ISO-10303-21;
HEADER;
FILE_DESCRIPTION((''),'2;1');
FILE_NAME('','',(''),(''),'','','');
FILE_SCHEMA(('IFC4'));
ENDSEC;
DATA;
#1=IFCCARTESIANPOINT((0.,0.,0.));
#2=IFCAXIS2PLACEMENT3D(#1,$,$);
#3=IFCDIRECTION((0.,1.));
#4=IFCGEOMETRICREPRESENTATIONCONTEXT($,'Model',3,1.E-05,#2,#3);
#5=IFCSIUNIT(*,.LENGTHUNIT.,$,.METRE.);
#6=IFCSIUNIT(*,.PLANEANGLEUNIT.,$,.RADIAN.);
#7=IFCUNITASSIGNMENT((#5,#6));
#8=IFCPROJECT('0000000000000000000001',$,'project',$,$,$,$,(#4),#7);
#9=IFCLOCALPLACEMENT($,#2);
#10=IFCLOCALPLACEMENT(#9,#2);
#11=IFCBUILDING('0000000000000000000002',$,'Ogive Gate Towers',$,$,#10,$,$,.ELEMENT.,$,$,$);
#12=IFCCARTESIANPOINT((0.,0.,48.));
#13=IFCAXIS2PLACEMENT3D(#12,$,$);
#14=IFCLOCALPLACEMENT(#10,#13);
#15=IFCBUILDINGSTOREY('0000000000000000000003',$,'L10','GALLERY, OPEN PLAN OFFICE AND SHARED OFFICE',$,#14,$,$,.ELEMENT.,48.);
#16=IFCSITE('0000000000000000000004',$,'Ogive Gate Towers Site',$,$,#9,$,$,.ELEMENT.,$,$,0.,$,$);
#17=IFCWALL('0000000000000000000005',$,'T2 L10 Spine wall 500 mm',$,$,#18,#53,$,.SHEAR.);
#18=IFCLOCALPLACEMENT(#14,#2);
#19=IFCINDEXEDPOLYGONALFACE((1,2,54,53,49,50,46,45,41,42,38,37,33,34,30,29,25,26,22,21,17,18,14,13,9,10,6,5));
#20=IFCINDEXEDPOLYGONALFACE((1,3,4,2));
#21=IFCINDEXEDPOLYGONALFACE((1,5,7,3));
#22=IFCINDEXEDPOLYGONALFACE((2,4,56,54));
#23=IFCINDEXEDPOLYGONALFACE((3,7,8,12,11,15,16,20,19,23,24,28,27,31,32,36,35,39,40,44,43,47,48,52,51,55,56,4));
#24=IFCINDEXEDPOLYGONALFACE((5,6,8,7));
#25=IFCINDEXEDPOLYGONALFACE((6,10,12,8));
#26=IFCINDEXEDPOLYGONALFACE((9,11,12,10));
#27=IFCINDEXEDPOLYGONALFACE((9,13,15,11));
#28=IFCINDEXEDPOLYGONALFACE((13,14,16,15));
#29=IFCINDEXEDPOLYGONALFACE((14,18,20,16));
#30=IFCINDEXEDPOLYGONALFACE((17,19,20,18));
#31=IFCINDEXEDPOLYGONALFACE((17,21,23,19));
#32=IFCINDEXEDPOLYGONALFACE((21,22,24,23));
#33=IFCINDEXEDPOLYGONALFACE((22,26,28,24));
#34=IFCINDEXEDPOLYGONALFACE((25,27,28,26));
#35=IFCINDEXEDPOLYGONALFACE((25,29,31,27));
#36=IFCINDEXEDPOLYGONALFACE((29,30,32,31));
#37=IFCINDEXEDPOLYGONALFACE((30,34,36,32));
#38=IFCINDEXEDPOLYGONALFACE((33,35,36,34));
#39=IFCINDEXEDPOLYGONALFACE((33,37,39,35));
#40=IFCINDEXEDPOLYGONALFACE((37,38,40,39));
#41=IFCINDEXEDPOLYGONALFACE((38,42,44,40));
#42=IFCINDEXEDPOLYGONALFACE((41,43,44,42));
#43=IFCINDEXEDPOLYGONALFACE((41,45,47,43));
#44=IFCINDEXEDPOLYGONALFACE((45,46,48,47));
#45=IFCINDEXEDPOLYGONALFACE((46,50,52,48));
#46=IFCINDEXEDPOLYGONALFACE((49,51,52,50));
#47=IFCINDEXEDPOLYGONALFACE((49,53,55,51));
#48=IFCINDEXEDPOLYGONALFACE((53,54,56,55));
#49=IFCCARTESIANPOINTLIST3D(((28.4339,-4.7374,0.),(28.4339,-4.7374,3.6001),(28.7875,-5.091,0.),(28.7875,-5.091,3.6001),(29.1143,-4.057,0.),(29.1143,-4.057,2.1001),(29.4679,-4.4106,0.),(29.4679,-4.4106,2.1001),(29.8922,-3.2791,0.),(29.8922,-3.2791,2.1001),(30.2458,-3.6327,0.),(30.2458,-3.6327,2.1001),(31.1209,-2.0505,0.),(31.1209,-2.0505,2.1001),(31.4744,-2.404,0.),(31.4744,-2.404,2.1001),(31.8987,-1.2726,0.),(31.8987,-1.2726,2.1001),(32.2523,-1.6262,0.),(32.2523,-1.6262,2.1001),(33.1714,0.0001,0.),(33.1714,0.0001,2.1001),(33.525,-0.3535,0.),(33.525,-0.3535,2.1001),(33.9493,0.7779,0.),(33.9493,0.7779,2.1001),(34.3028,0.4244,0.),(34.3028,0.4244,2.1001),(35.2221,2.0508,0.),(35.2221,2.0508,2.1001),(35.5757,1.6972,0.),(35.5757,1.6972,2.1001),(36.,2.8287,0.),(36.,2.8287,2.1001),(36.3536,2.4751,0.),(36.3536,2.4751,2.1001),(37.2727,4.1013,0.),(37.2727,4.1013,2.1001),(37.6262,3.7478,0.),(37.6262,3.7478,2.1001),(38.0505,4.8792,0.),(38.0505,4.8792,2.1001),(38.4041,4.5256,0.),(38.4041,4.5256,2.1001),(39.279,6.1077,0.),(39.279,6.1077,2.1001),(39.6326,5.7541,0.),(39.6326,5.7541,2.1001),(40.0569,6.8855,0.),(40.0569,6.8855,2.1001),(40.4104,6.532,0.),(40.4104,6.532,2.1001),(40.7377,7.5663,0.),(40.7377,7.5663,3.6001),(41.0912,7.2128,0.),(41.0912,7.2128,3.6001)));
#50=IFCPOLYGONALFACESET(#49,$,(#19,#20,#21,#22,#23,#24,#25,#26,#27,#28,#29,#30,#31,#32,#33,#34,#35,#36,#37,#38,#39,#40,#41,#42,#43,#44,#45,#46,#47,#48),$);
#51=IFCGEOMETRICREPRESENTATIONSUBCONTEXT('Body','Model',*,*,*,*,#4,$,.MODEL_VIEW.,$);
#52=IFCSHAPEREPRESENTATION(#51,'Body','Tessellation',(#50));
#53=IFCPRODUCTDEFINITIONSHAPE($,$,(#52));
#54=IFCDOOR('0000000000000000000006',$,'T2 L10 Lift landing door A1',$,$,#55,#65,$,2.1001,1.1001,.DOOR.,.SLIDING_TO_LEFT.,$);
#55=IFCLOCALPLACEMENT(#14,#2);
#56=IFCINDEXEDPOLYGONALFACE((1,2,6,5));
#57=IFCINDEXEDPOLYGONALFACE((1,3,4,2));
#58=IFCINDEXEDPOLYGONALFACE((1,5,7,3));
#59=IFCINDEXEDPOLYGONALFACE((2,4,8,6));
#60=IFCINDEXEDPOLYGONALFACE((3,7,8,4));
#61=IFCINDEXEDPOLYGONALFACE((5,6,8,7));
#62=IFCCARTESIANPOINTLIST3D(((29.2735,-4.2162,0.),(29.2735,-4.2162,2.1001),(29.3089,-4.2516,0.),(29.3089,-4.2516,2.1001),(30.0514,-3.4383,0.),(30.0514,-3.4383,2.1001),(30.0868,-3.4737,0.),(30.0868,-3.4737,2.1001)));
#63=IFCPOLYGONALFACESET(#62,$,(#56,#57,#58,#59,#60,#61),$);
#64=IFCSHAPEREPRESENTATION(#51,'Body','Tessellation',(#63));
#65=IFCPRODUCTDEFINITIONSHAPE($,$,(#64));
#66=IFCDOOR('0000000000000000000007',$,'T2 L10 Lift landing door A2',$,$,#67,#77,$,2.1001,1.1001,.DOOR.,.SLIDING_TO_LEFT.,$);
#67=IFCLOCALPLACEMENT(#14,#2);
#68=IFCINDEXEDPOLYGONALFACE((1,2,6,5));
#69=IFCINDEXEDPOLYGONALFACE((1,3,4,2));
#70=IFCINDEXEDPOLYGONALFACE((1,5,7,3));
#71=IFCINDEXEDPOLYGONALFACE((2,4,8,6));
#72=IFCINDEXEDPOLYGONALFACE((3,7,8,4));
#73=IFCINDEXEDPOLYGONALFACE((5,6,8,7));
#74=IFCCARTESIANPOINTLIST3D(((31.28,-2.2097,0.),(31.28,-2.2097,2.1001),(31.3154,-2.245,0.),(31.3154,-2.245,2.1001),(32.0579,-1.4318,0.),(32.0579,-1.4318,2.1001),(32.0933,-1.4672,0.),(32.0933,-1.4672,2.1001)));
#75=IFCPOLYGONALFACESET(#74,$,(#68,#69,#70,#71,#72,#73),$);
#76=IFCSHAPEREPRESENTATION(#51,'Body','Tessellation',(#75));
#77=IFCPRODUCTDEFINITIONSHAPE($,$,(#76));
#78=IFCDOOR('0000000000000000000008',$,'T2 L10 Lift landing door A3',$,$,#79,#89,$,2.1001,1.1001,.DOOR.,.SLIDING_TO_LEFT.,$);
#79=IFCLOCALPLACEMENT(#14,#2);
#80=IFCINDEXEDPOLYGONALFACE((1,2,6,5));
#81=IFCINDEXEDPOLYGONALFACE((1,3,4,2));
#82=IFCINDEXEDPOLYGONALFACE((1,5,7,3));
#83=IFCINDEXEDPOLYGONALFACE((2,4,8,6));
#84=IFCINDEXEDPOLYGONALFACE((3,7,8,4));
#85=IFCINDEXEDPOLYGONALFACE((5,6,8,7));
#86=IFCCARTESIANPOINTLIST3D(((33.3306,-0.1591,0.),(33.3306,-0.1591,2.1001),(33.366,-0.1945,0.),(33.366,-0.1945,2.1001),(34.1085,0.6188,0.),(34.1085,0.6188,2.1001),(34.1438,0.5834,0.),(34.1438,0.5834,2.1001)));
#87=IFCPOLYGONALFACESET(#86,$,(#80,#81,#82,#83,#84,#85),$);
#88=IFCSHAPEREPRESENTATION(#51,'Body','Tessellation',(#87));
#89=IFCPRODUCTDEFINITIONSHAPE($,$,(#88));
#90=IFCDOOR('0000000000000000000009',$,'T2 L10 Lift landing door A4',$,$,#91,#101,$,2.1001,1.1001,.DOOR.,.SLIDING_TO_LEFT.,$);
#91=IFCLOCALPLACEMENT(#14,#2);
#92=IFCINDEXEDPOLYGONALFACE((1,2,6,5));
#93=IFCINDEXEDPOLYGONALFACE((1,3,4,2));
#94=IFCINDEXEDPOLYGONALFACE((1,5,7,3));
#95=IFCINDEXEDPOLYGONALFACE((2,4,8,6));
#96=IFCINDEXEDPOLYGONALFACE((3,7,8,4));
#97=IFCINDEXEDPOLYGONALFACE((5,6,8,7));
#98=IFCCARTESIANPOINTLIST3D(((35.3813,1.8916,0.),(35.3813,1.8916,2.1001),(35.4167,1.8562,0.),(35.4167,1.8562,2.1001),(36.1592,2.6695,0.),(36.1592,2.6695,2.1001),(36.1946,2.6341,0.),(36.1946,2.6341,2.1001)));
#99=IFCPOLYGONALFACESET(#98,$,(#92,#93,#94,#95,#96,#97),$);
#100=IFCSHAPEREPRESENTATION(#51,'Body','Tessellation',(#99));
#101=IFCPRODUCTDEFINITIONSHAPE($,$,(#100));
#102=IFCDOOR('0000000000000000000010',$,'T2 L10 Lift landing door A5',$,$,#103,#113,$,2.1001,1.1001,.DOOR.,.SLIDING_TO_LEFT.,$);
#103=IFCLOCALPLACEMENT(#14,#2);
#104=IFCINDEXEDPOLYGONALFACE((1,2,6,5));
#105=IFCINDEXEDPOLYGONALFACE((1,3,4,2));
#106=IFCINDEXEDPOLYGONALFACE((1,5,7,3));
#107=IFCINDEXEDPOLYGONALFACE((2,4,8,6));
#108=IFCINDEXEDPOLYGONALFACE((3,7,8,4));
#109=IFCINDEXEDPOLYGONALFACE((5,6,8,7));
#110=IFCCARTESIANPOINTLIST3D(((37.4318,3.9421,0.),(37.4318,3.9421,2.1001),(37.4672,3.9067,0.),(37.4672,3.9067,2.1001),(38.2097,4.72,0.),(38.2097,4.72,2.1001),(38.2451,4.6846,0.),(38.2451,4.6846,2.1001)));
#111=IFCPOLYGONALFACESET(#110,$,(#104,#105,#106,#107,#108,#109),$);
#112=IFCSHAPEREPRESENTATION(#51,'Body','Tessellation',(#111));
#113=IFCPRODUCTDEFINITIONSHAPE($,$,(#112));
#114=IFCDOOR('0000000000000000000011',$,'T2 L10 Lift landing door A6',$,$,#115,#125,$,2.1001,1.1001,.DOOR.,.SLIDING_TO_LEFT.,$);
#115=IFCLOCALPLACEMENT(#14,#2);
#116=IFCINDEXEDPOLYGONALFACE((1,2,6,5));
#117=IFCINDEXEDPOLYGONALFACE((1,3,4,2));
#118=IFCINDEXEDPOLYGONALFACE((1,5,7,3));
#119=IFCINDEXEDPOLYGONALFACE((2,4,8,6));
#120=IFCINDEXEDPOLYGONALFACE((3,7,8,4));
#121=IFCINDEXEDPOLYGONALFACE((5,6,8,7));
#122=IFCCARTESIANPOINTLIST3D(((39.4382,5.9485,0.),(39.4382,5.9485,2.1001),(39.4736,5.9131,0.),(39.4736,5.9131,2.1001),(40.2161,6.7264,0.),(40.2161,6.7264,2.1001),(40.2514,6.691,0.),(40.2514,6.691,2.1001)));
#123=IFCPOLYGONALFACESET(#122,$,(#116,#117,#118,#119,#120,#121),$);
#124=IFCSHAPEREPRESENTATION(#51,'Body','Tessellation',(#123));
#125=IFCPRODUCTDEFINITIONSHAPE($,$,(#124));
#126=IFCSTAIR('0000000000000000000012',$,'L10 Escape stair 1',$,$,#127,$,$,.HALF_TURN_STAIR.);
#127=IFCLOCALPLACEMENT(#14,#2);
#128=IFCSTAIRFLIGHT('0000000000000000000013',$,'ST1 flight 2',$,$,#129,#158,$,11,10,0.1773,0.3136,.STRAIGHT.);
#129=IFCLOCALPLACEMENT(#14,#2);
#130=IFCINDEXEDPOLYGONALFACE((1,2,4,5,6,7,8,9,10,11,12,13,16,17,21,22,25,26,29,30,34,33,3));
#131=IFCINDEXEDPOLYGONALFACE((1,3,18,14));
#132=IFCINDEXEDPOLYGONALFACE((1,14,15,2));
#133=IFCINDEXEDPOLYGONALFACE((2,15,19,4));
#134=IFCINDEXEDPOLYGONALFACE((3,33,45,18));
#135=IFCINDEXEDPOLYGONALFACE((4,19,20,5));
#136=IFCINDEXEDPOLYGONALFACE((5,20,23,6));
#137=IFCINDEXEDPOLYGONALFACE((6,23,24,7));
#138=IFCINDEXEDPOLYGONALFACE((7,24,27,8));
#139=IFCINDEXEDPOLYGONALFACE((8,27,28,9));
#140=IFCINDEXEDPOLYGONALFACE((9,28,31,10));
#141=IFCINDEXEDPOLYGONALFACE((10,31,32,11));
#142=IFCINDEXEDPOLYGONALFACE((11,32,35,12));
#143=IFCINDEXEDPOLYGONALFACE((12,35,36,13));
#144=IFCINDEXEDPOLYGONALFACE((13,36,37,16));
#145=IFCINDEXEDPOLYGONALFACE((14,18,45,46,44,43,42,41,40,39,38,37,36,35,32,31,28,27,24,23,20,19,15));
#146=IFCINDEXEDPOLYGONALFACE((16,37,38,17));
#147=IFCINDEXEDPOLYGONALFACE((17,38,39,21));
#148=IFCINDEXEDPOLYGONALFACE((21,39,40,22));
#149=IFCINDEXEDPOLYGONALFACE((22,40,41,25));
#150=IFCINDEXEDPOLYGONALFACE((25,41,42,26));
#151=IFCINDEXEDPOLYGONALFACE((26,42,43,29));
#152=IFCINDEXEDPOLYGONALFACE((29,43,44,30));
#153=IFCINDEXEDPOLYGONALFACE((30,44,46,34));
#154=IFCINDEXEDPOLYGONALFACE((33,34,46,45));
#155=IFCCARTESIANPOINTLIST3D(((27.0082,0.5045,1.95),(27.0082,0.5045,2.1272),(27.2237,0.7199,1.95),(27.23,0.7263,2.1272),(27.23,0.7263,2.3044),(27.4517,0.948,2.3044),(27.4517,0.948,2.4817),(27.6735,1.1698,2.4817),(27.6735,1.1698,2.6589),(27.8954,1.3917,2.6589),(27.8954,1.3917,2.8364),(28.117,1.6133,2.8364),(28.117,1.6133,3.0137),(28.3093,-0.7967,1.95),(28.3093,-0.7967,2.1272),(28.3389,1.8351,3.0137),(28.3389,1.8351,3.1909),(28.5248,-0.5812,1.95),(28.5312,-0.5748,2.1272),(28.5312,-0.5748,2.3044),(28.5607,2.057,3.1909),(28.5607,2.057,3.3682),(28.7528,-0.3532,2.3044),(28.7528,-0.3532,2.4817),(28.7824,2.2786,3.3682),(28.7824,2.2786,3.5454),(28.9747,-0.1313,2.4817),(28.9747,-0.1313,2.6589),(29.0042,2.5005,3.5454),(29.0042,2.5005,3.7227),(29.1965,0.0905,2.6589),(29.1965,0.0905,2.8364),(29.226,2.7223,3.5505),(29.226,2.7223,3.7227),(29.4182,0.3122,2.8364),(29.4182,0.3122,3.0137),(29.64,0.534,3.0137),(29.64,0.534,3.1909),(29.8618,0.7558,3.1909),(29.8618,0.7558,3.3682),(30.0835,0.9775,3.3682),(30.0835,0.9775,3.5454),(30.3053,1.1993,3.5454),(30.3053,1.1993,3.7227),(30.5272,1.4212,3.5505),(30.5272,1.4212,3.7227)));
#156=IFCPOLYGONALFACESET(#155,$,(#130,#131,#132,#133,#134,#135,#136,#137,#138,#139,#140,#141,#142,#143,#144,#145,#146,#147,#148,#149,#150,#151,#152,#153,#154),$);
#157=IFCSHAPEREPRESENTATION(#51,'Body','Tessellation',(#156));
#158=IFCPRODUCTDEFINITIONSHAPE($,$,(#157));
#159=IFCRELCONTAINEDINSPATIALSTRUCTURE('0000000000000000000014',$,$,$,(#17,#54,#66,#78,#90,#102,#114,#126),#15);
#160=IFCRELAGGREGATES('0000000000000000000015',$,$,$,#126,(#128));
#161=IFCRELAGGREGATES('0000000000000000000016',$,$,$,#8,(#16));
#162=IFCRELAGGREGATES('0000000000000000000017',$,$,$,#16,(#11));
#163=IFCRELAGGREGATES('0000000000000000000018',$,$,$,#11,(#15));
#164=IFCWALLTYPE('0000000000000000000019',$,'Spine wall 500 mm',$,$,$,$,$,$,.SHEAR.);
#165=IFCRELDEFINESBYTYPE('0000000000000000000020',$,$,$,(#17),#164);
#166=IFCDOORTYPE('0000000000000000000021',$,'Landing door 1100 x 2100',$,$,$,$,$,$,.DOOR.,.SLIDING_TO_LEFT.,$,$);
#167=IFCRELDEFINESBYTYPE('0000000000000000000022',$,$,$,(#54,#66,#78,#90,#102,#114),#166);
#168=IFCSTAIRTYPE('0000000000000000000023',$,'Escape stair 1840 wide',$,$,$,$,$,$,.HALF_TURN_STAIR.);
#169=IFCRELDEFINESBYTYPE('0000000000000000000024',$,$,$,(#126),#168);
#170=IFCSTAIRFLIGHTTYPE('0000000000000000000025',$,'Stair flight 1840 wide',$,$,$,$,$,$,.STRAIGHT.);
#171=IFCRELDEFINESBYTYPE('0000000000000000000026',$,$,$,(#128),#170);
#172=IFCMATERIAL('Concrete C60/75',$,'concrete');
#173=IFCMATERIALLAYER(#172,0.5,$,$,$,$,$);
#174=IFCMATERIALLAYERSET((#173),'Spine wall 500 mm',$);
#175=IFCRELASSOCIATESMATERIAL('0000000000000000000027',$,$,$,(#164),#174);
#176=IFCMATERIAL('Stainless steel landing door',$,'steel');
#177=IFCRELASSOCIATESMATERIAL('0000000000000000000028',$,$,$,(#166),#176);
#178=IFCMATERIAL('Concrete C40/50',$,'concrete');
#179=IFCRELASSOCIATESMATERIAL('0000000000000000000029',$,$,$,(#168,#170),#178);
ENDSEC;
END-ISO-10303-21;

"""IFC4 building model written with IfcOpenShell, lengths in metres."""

from ifc_helpers import new_model, si_unit, direction, frame, frame_2d, origin, place, context, subcontext, project, spatial, polyline, rectangle, outline, extrude, material, layer, layer_set, type_object, element, fill, aggregate, save


model = new_model("IFC4")

# Units and contexts
model_context = context("Model", 3, precision=1e-05, world=origin(), true_north=direction((0.0, 1.0)))
body_context = subcontext(model_context, "Body", "Model", "MODEL_VIEW")
ifc_project = project(units=[si_unit("LENGTHUNIT", "METRE"), si_unit("PLANEANGLEUNIT", "RADIAN")], contexts=[model_context])

# Site, building, storey
site_placement = place(None, origin())
site = spatial("IfcSite", under=ifc_project, at=site_placement, Name="Ogive Gate Towers Site", CompositionType="ELEMENT", RefElevation=0.0)
building_placement = place(site_placement, origin())
building = spatial("IfcBuilding", under=site, at=building_placement, Name="Ogive Gate Towers", CompositionType="ELEMENT")
storey_placement = place(building_placement, frame((0.0, 0.0, 48.0)))
storey = spatial("IfcBuildingStorey", under=building, at=storey_placement, Name="L10", Description="GALLERY, OPEN PLAN OFFICE AND SHARED OFFICE", CompositionType="ELEMENT", Elevation=48.0)

# Shared definitions
ifc_material_1 = material(Name="Concrete C60/75", Category="concrete")

# Wall, openings, doors
ifc_layer_1 = layer(ifc_material_1, 0.5)
ifc_layer_set_1 = layer_set([ifc_layer_1], Name="Spine wall 500 mm")
wall_type_1 = type_object("IfcWallType", Name="Spine wall 500 mm", PredefinedType="SHEAR", material=ifc_layer_set_1)
ifc_material_2 = material(Name="Stainless steel landing door", Category="steel")
wall_1_placement = place(storey_placement, frame((28.6106, -4.9143, 0.0), z_axis=(0.0, 0.0, 1.0), x_axis=(0.707107, 0.707107, 0.0)))
wall_1 = element("IfcWall", 1, at=wall_1_placement, inside=storey, type_object=wall_type_1, Name="T2 L10 Spine wall 500 mm", PredefinedType="SHEAR", context=body_context, shape_type="SweptSolid", body=[
    extrude(rectangle(XDim=17.4001, YDim=0.5, at=frame_2d((8.7002, 0.0))), origin(), (0.0, 0.0, 1.0), 3.6001),
])
opening_1_placement = place(wall_1_placement, frame((0.9624, 0.0, 0.0)))
opening_1 = element("IfcOpeningElement", 2, at=opening_1_placement, cuts=wall_1, PredefinedType="OPENING", context=body_context, shape_type="SweptSolid", body=[
    extrude(rectangle(XDim=1.1001, YDim=2.1001, at=frame_2d((0.55, 1.05))), frame((0.0, 0.26, 0.0), z_axis=(0.0, -1.0, 0.0), x_axis=(1.0, 0.0, 0.0)), (0.0, 0.0, 1.0), 0.52),
])
opening_2_placement = place(wall_1_placement, frame((3.8, 0.0, 0.0)))
opening_2 = element("IfcOpeningElement", 3, at=opening_2_placement, cuts=wall_1, PredefinedType="OPENING", context=body_context, shape_type="SweptSolid", body=[
    extrude(rectangle(XDim=1.1001, YDim=2.1001, at=frame_2d((0.55, 1.05))), frame((0.0, 0.26, 0.0), z_axis=(0.0, -1.0, 0.0), x_axis=(1.0, 0.0, 0.0)), (0.0, 0.0, 1.0), 0.52),
])
opening_3_placement = place(wall_1_placement, frame((6.7, 0.0, 0.0)))
opening_3 = element("IfcOpeningElement", 4, at=opening_3_placement, cuts=wall_1, PredefinedType="OPENING", context=body_context, shape_type="SweptSolid", body=[
    extrude(rectangle(XDim=1.1001, YDim=2.1001, at=frame_2d((0.55, 1.05))), frame((0.0, 0.26, 0.0), z_axis=(0.0, -1.0, 0.0), x_axis=(1.0, 0.0, 0.0)), (0.0, 0.0, 1.0), 0.52),
])
opening_4_placement = place(wall_1_placement, frame((9.6001, 0.0, 0.0)))
opening_4 = element("IfcOpeningElement", 5, at=opening_4_placement, cuts=wall_1, PredefinedType="OPENING", context=body_context, shape_type="SweptSolid", body=[
    extrude(rectangle(XDim=1.1001, YDim=2.1001, at=frame_2d((0.55, 1.05))), frame((0.0, 0.26, 0.0), z_axis=(0.0, -1.0, 0.0), x_axis=(1.0, 0.0, 0.0)), (0.0, 0.0, 1.0), 0.52),
])
opening_5_placement = place(wall_1_placement, frame((12.5, 0.0, 0.0)))
opening_5 = element("IfcOpeningElement", 6, at=opening_5_placement, cuts=wall_1, PredefinedType="OPENING", context=body_context, shape_type="SweptSolid", body=[
    extrude(rectangle(XDim=1.1001, YDim=2.1001, at=frame_2d((0.55, 1.05))), frame((0.0, 0.26, 0.0), z_axis=(0.0, -1.0, 0.0), x_axis=(1.0, 0.0, 0.0)), (0.0, 0.0, 1.0), 0.52),
])
opening_6_placement = place(wall_1_placement, frame((15.3374, 0.0, 0.0)))
opening_6 = element("IfcOpeningElement", 7, at=opening_6_placement, cuts=wall_1, PredefinedType="OPENING", context=body_context, shape_type="SweptSolid", body=[
    extrude(rectangle(XDim=1.1001, YDim=2.1001, at=frame_2d((0.55, 1.05))), frame((0.0, 0.26, 0.0), z_axis=(0.0, -1.0, 0.0), x_axis=(1.0, 0.0, 0.0)), (0.0, 0.0, 1.0), 0.52),
])
door_type_1 = type_object("IfcDoorType", Name="Landing door 1100 x 2100", OperationType="SLIDING_TO_LEFT", PredefinedType="DOOR", material=ifc_material_2)
door_1_placement = place(opening_1_placement, origin())
door_1 = element("IfcDoor", 8, at=door_1_placement, inside=storey, type_object=door_type_1, Name="T2 L10 Lift landing door A1", OperationType="SLIDING_TO_LEFT", OverallHeight=2.1001, OverallWidth=1.1001, PredefinedType="DOOR", context=body_context, shape_type="SweptSolid", body=[
    extrude(rectangle(XDim=1.1001, YDim=2.1001, at=frame_2d((0.55, 1.05))), frame((0.0, 0.0249, 0.0), z_axis=(0.0, -1.0, 0.0), x_axis=(1.0, 0.0, 0.0)), (0.0, 0.0, 1.0), 0.05),
])
fill(opening_1, door_1)
door_2_placement = place(opening_2_placement, origin())
door_2 = element("IfcDoor", 9, at=door_2_placement, inside=storey, type_object=door_type_1, Name="T2 L10 Lift landing door A2", OperationType="SLIDING_TO_LEFT", OverallHeight=2.1001, OverallWidth=1.1001, PredefinedType="DOOR", context=body_context, shape_type="SweptSolid", body=[
    extrude(rectangle(XDim=1.1001, YDim=2.1001, at=frame_2d((0.55, 1.05))), frame((0.0, 0.0249, 0.0), z_axis=(0.0, -1.0, 0.0), x_axis=(1.0, 0.0, 0.0)), (0.0, 0.0, 1.0), 0.05),
])
fill(opening_2, door_2)
door_3_placement = place(opening_3_placement, origin())
door_3 = element("IfcDoor", 10, at=door_3_placement, inside=storey, type_object=door_type_1, Name="T2 L10 Lift landing door A3", OperationType="SLIDING_TO_LEFT", OverallHeight=2.1001, OverallWidth=1.1001, PredefinedType="DOOR", context=body_context, shape_type="SweptSolid", body=[
    extrude(rectangle(XDim=1.1001, YDim=2.1001, at=frame_2d((0.55, 1.05))), frame((0.0, 0.0249, 0.0), z_axis=(0.0, -1.0, 0.0), x_axis=(1.0, 0.0, 0.0)), (0.0, 0.0, 1.0), 0.05),
])
fill(opening_3, door_3)
door_4_placement = place(opening_4_placement, origin())
door_4 = element("IfcDoor", 11, at=door_4_placement, inside=storey, type_object=door_type_1, Name="T2 L10 Lift landing door A4", OperationType="SLIDING_TO_LEFT", OverallHeight=2.1001, OverallWidth=1.1001, PredefinedType="DOOR", context=body_context, shape_type="SweptSolid", body=[
    extrude(rectangle(XDim=1.1001, YDim=2.1001, at=frame_2d((0.55, 1.05))), frame((0.0, 0.0249, 0.0), z_axis=(0.0, -1.0, 0.0), x_axis=(1.0, 0.0, 0.0)), (0.0, 0.0, 1.0), 0.05),
])
fill(opening_4, door_4)
door_5_placement = place(opening_5_placement, origin())
door_5 = element("IfcDoor", 12, at=door_5_placement, inside=storey, type_object=door_type_1, Name="T2 L10 Lift landing door A5", OperationType="SLIDING_TO_LEFT", OverallHeight=2.1001, OverallWidth=1.1001, PredefinedType="DOOR", context=body_context, shape_type="SweptSolid", body=[
    extrude(rectangle(XDim=1.1001, YDim=2.1001, at=frame_2d((0.55, 1.05))), frame((0.0, 0.0249, 0.0), z_axis=(0.0, -1.0, 0.0), x_axis=(1.0, 0.0, 0.0)), (0.0, 0.0, 1.0), 0.05),
])
fill(opening_5, door_5)
door_6_placement = place(opening_6_placement, origin())
door_6 = element("IfcDoor", 13, at=door_6_placement, inside=storey, type_object=door_type_1, Name="T2 L10 Lift landing door A6", OperationType="SLIDING_TO_LEFT", OverallHeight=2.1001, OverallWidth=1.1001, PredefinedType="DOOR", context=body_context, shape_type="SweptSolid", body=[
    extrude(rectangle(XDim=1.1001, YDim=2.1001, at=frame_2d((0.55, 1.05))), frame((0.0, 0.0249, 0.0), z_axis=(0.0, -1.0, 0.0), x_axis=(1.0, 0.0, 0.0)), (0.0, 0.0, 1.0), 0.05),
])
fill(opening_6, door_6)

# Stair, stair flight
ifc_material_3 = material(Name="Concrete C40/50", Category="concrete")
stair_type = type_object("IfcStairType", Name="Escape stair 1840 wide", PredefinedType="HALF_TURN_STAIR", material=ifc_material_3)
stair_placement = place(storey_placement, origin())
stair = element("IfcStair", 14, at=stair_placement, inside=storey, type_object=stair_type, Name="L10 Escape stair 1", PredefinedType="HALF_TURN_STAIR")
stair_flight_type = type_object("IfcStairFlightType", Name="Stair flight 1840 wide", PredefinedType="STRAIGHT", material=ifc_material_3)
stair_flight_placement = place(storey_placement, frame((27.6587, -0.146, 1.95), z_axis=(0.0, 0.0, 1.0), x_axis=(0.707107, 0.707107, 0.0)))
stair_flight = element("IfcStairFlight", 15, at=stair_flight_placement, type_object=stair_flight_type, Name="ST1 flight 2", NumberOfRisers=11, NumberOfTreads=10, PredefinedType="STRAIGHT", RiserHeight=0.1773, TreadLength=0.3136, context=body_context, shape_type="SweptSolid", body=[
    extrude(outline(polyline([(0.0, 0.0), (0.0, 0.1772), (0.3137, 0.1772), (0.3137, 0.3545), (0.6272, 0.3545), (0.6272, 0.5317), (0.9409, 0.5317), (0.9409, 0.709), (1.2546, 0.709), (1.2546, 0.8865), (1.5681, 0.8865), (1.5681, 1.0637), (1.8818, 1.0637), (1.8818, 1.241), (2.1956, 1.241), (2.1956, 1.4182), (2.509, 1.4182), (2.509, 1.5955), (2.8228, 1.5955), (2.8228, 1.7727), (3.1365, 1.7727), (3.1365, 1.95), (3.1365, 1.6006), (0.3047, 0.0), (0.0, 0.0)])), frame((0.0, 0.9199, 0.0), z_axis=(0.0, -1.0, 0.0), x_axis=(1.0, 0.0, 0.0)), (0.0, 0.0, 1.0), 1.8401),
])
aggregate(stair, [stair_flight])

save(model, "model.ifc")
